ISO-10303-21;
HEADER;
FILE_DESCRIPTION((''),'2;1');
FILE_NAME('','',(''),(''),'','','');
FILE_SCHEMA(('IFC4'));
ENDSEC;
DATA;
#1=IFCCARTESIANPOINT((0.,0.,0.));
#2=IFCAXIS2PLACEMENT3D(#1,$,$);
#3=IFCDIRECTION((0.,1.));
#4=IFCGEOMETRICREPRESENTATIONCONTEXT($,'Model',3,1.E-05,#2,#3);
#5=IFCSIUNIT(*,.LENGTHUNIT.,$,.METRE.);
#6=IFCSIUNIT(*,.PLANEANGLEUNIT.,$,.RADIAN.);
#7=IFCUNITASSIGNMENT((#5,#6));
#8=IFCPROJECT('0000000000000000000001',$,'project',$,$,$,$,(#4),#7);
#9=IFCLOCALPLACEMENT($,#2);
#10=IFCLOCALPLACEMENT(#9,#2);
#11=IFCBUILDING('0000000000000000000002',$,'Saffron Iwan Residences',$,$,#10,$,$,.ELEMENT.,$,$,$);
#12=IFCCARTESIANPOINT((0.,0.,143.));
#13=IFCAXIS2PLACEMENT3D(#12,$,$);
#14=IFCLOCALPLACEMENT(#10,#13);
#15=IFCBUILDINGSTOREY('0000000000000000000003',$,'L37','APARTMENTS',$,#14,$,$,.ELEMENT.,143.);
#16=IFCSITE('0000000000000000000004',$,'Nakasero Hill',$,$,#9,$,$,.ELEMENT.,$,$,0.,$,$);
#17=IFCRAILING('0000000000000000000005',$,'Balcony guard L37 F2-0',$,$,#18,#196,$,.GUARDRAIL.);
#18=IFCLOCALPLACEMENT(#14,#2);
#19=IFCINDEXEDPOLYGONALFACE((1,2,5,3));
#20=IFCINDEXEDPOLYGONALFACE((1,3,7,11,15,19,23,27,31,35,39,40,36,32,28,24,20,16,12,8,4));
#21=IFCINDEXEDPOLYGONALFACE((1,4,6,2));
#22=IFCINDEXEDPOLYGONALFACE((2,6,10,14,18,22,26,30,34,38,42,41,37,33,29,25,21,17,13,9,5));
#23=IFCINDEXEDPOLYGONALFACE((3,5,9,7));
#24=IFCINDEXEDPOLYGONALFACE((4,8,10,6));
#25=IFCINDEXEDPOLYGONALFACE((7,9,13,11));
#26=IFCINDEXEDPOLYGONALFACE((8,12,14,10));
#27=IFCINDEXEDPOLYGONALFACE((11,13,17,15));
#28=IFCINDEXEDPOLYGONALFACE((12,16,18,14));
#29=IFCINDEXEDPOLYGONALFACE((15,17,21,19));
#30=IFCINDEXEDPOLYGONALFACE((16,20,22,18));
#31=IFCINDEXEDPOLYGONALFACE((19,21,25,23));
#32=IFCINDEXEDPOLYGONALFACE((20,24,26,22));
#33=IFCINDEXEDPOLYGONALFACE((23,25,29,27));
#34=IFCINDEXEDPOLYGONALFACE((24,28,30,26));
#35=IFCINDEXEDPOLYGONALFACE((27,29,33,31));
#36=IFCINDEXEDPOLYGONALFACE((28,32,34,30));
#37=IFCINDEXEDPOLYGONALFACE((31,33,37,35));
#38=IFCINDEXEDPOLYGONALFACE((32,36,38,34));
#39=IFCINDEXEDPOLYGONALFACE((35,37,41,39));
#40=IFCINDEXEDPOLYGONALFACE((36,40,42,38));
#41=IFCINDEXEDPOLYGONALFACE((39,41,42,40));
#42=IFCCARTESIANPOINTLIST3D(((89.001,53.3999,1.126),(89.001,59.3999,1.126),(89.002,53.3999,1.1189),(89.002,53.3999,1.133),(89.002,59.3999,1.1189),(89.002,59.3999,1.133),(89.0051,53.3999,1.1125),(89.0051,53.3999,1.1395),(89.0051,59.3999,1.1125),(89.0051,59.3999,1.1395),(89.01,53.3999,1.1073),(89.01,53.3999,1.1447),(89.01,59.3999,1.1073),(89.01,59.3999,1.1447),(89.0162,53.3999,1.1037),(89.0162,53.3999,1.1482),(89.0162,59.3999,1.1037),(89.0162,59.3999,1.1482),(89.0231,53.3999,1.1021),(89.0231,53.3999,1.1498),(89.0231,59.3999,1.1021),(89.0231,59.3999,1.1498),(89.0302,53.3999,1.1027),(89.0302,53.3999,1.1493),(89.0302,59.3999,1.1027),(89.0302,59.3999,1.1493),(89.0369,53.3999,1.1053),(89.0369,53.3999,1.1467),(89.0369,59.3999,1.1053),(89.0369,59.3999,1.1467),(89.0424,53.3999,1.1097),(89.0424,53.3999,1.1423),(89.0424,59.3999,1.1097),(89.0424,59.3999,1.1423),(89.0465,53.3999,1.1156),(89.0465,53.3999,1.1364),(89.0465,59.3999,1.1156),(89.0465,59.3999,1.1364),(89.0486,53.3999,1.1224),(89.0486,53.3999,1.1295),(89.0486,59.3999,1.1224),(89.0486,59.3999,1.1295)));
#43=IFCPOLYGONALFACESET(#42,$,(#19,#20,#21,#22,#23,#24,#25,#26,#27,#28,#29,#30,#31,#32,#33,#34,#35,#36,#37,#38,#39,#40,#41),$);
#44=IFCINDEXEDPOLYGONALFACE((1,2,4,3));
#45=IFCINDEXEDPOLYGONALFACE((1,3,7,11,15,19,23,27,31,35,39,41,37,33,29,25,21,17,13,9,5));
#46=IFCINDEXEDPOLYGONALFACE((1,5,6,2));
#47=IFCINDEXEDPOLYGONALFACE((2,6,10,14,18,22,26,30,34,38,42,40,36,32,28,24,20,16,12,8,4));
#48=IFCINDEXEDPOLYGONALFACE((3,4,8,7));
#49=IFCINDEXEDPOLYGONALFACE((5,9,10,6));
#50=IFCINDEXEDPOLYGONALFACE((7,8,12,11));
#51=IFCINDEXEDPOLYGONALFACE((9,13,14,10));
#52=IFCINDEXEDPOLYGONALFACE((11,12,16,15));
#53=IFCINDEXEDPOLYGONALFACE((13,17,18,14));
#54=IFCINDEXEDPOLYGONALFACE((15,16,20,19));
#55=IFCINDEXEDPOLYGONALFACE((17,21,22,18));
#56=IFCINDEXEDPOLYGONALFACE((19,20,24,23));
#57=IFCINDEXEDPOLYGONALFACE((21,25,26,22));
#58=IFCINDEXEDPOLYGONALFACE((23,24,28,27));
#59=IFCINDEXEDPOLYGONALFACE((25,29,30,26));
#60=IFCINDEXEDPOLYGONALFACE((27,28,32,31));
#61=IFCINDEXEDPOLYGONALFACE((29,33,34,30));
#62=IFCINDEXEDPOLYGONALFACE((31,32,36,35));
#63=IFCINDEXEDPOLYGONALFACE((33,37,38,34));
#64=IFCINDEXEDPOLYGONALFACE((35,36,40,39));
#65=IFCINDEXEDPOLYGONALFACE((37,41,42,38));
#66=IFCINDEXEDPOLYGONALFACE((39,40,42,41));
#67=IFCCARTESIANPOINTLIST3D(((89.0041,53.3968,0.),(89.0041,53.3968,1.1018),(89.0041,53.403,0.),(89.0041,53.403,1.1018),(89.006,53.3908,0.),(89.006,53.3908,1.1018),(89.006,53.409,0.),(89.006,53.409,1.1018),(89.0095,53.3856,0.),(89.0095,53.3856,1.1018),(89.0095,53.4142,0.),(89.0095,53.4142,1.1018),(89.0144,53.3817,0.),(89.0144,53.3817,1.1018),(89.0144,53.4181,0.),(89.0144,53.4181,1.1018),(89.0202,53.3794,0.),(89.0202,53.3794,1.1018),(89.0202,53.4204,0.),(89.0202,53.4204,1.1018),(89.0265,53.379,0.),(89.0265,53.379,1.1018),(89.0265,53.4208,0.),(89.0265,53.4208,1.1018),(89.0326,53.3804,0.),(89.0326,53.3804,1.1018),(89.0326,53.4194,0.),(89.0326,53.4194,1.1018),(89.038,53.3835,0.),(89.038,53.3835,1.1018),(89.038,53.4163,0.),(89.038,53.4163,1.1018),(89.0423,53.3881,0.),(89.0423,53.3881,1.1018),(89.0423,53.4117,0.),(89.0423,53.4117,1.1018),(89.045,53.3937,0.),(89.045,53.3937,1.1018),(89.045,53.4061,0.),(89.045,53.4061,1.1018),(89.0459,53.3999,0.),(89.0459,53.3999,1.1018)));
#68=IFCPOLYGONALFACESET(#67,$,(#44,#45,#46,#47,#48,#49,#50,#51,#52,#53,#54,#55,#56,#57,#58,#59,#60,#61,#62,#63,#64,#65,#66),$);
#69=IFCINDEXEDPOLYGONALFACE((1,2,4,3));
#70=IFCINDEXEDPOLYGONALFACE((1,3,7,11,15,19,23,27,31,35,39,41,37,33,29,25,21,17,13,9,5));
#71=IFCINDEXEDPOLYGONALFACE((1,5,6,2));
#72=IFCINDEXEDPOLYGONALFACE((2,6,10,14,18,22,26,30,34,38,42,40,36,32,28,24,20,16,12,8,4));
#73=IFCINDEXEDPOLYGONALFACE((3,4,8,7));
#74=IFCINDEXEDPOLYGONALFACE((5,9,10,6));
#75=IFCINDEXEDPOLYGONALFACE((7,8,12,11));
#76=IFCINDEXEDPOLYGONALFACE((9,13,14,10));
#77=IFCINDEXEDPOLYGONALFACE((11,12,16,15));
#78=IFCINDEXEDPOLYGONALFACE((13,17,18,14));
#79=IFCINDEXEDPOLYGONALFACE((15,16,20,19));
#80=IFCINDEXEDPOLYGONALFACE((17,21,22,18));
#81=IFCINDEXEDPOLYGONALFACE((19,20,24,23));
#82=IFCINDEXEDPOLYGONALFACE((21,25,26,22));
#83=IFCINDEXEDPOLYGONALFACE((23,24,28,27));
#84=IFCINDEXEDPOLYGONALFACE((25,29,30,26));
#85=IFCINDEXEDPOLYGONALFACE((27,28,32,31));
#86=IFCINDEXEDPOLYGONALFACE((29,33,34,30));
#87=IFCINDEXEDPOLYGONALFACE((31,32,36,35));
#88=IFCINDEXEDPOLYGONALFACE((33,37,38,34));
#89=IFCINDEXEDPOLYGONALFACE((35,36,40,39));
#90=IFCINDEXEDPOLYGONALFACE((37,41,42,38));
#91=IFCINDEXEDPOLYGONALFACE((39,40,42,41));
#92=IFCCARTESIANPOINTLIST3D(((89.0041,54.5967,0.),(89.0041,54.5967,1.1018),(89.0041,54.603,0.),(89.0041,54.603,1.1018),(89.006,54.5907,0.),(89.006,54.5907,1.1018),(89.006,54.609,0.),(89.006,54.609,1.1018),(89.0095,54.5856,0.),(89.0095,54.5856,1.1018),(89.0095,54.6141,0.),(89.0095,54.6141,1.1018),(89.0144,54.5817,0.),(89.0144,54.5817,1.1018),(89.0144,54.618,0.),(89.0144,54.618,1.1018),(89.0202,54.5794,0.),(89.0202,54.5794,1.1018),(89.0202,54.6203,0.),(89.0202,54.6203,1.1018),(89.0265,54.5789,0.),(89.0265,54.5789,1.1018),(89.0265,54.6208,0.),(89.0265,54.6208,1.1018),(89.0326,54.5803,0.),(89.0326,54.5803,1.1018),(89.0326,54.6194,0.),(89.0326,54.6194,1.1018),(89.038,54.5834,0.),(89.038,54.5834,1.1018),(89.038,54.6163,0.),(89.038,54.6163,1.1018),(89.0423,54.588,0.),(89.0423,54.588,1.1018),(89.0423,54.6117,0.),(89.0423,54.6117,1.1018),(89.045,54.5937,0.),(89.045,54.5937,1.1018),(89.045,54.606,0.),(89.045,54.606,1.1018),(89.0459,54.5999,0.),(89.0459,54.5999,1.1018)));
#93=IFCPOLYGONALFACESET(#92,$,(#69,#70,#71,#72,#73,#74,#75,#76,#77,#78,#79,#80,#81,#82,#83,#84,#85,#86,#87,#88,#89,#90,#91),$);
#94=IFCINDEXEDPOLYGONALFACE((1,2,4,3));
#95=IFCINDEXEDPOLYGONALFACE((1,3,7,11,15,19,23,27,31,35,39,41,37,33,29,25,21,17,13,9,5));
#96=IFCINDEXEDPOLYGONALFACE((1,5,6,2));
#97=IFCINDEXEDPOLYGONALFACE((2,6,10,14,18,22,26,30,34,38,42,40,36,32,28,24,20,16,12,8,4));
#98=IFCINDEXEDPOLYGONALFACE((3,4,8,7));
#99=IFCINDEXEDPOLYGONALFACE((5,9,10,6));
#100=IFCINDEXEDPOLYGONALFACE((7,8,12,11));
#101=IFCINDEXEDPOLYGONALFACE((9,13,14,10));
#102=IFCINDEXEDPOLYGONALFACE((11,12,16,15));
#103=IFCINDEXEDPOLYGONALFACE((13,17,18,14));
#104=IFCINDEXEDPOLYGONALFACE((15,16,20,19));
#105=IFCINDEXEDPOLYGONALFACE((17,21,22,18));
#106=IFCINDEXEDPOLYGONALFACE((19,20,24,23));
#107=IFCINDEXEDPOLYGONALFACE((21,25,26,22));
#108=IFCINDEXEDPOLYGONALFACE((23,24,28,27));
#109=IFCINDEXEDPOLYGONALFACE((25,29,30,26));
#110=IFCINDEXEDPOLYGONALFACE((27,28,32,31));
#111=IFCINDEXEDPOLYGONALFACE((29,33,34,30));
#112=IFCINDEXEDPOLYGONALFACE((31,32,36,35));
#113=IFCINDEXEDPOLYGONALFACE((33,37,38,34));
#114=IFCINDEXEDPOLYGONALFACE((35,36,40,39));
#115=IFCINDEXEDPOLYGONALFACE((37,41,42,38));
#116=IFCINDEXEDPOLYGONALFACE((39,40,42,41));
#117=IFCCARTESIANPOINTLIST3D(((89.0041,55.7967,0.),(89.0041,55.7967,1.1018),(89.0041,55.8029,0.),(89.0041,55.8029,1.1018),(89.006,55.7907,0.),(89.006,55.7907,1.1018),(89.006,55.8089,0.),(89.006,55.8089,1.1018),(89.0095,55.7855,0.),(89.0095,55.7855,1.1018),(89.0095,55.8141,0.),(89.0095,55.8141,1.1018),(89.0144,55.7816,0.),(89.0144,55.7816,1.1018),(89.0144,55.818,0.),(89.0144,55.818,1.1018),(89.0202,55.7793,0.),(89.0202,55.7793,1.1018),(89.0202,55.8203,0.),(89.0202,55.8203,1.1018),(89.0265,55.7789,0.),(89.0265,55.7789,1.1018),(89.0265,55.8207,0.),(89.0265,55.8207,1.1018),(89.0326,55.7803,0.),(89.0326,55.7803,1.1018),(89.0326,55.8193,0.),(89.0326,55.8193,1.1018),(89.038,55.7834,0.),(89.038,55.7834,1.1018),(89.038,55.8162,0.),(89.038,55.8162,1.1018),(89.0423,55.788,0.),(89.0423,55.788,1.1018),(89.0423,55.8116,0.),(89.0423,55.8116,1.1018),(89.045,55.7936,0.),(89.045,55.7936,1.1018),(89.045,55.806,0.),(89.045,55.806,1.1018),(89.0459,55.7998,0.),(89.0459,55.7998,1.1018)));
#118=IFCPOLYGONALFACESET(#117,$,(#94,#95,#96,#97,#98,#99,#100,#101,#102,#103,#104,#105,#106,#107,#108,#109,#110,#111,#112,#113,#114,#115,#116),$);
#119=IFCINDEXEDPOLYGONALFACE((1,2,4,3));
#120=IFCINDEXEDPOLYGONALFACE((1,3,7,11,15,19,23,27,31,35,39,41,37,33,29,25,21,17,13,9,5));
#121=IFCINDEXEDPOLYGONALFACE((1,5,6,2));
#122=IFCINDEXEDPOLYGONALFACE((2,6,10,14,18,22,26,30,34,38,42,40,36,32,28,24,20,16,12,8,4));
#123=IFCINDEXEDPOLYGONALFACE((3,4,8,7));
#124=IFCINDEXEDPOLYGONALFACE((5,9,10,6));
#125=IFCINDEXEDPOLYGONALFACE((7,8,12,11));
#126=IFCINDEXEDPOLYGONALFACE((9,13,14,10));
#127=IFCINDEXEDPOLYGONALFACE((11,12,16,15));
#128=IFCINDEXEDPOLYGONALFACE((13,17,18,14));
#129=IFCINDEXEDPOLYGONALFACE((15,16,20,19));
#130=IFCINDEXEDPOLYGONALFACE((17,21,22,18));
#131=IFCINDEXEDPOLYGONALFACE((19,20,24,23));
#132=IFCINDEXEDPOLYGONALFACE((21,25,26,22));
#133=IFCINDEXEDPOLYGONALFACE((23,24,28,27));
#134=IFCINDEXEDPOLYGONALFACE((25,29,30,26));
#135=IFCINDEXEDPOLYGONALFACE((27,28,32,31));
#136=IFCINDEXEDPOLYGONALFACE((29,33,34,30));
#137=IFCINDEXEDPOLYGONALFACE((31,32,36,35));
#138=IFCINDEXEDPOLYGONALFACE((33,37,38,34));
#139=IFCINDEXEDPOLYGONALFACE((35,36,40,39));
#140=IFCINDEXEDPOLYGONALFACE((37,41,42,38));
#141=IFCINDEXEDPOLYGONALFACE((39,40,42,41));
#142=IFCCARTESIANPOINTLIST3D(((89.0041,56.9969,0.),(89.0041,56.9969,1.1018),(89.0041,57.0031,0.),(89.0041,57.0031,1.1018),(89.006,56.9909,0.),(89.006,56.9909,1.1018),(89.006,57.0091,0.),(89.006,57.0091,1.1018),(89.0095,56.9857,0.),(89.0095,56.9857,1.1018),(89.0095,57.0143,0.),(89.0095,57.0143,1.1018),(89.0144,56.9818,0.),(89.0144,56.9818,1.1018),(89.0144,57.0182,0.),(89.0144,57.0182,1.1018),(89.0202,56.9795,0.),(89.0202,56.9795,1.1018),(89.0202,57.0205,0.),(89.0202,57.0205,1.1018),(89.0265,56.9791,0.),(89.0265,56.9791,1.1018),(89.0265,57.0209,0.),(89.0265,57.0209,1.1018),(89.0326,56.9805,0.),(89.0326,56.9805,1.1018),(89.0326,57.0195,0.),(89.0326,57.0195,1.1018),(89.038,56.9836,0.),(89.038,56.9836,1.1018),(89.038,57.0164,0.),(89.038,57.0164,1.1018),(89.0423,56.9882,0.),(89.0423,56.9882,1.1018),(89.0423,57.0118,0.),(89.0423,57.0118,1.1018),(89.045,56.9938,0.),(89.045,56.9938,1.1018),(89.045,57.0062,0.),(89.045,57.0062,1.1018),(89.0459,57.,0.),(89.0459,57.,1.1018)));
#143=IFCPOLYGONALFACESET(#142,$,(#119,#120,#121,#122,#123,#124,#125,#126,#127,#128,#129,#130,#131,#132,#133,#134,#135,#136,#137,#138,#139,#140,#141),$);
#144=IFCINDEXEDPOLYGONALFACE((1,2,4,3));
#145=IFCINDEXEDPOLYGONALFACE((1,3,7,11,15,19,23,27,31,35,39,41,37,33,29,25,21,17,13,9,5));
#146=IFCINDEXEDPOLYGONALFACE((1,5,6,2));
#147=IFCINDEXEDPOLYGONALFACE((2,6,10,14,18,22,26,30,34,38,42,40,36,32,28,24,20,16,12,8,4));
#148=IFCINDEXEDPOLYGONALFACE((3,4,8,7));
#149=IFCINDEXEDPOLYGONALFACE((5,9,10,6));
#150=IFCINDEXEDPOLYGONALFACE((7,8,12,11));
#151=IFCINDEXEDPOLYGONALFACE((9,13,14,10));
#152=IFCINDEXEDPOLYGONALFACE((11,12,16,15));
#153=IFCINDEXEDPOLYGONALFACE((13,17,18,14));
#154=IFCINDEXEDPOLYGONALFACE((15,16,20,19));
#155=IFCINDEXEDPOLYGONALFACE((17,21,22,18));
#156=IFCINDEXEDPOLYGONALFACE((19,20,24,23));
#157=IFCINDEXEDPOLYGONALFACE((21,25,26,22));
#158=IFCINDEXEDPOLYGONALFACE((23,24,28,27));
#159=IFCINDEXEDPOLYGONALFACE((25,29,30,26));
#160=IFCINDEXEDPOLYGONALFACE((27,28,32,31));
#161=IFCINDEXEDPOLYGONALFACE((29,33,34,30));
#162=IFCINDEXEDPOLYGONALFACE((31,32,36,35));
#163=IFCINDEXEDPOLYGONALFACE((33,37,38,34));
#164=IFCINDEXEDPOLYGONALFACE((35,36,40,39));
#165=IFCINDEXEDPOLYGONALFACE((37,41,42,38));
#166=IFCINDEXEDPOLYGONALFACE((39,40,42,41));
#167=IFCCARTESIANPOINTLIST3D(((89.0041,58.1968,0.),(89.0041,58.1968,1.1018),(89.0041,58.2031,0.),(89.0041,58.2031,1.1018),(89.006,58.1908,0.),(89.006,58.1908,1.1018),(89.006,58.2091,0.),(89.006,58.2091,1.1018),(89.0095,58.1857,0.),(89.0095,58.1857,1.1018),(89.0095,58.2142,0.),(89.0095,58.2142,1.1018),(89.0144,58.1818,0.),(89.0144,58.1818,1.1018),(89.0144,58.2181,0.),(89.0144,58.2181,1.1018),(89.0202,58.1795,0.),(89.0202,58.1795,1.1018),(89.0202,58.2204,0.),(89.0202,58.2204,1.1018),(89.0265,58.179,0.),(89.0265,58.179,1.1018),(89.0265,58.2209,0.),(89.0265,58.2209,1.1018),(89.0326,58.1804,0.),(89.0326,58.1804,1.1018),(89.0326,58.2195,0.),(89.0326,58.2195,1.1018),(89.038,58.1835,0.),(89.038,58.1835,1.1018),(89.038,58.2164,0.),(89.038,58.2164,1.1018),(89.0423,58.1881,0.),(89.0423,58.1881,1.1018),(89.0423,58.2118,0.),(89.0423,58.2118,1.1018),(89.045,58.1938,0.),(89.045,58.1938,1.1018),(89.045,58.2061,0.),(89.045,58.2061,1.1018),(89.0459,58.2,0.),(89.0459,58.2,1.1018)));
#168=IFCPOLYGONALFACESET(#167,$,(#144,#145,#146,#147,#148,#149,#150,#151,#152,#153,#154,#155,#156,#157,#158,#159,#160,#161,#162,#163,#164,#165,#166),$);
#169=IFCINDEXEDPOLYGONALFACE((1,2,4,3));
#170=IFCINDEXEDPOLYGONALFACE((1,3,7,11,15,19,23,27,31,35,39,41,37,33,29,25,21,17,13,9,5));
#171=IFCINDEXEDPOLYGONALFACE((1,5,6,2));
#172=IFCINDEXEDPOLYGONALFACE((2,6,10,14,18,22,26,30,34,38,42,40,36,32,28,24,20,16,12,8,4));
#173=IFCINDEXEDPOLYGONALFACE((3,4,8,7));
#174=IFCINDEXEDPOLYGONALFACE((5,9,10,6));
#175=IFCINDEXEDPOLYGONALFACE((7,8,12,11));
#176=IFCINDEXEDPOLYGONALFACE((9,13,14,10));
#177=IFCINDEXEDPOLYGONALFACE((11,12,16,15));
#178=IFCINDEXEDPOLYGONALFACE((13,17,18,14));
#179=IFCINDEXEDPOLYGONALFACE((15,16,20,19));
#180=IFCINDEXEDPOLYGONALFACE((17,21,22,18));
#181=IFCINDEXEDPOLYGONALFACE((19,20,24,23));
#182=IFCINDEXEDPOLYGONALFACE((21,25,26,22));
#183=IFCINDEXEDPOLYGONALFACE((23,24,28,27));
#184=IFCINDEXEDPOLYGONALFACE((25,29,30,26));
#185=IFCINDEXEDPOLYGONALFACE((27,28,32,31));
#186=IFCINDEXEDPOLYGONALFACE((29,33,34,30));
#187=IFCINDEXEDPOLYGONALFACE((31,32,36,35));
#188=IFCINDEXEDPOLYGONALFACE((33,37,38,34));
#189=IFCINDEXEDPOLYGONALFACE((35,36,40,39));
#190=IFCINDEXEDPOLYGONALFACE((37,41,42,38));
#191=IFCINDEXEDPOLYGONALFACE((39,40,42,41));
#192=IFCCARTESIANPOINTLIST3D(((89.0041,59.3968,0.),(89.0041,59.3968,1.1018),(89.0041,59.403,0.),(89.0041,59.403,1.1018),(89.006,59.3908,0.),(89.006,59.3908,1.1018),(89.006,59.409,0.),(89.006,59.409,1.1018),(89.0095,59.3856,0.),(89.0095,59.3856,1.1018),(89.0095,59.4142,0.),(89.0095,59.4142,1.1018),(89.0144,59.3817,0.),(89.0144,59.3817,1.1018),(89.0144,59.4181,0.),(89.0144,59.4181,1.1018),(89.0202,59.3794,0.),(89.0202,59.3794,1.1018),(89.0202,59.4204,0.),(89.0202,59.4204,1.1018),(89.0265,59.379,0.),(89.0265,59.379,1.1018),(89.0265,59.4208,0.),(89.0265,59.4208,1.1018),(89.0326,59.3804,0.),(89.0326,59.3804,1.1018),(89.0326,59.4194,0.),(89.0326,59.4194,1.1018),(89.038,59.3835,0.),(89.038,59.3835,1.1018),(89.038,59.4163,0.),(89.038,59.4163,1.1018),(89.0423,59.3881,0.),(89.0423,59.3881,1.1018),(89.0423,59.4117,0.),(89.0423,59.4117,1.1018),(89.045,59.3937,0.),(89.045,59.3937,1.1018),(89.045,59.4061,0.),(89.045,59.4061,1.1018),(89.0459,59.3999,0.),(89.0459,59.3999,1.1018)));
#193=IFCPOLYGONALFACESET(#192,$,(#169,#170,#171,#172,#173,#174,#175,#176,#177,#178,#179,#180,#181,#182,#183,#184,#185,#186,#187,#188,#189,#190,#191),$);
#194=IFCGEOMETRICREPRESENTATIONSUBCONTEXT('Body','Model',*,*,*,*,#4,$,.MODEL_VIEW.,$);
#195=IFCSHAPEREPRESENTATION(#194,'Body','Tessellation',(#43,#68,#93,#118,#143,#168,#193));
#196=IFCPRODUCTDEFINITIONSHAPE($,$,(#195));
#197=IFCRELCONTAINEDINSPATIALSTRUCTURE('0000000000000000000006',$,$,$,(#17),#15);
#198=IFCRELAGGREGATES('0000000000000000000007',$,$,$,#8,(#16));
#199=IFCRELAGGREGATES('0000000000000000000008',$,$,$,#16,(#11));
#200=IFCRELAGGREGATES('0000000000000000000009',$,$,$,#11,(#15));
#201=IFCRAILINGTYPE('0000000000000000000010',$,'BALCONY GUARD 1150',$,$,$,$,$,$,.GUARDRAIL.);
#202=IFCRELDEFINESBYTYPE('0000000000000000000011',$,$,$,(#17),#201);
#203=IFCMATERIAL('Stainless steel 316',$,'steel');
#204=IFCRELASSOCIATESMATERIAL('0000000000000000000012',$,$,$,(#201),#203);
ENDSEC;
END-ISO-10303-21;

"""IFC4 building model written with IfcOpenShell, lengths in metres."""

from ifc_helpers import new_model, si_unit, direction, frame, origin, origin_2d, place, context, subcontext, project, spatial, circle, extrude, material, type_object, element, save


model = new_model("IFC4")

# Units and contexts
model_context = context("Model", 3, precision=1e-05, world=origin(), true_north=direction((0.0, 1.0)))
body_context = subcontext(model_context, "Body", "Model", "MODEL_VIEW")
ifc_project = project(units=[si_unit("LENGTHUNIT", "METRE"), si_unit("PLANEANGLEUNIT", "RADIAN")], contexts=[model_context])

# Site, building, storey
site_placement = place(None, origin())
site = spatial("IfcSite", under=ifc_project, at=site_placement, Name="Nakasero Hill", CompositionType="ELEMENT", RefElevation=0.0)
building_placement = place(site_placement, origin())
building = spatial("IfcBuilding", under=site, at=building_placement, Name="Saffron Iwan Residences", CompositionType="ELEMENT")
storey_placement = place(building_placement, frame((0.0, 0.0, 143.0)))
storey = spatial("IfcBuildingStorey", under=building, at=storey_placement, Name="L37", Description="APARTMENTS", CompositionType="ELEMENT", Elevation=143.0)

# Railing
ifc_material_1 = material(Name="Stainless steel 316", Category="steel")
railing_type = type_object("IfcRailingType", Name="BALCONY GUARD 1150", PredefinedType="GUARDRAIL", material=ifc_material_1)
railing_placement = place(storey_placement, frame((89.0249, 53.3999, 0.0)))
element("IfcRailing", 1, at=railing_placement, inside=storey, type_object=railing_type, Name="Balcony guard L37 F2-0", PredefinedType="GUARDRAIL", context=body_context, shape_type="SweptSolid", body=[
    extrude(circle(Radius=0.0239, at=origin_2d()), frame((0.0, 0.0, 1.126), z_axis=(0.0, 1.0, 0.0), x_axis=(-1.0, 0.0, 0.0)), (0.0, 0.0, 1.0), 6.0),
    extrude(circle(Radius=0.021, at=origin_2d()), origin(), (0.0, 0.0, 1.0), 1.1018),
    extrude(circle(Radius=0.021, at=origin_2d()), frame((0.0, 1.2, 0.0)), (0.0, 0.0, 1.0), 1.1018),
    extrude(circle(Radius=0.021, at=origin_2d()), frame((0.0, 2.3999, 0.0)), (0.0, 0.0, 1.0), 1.1018),
    extrude(circle(Radius=0.021, at=origin_2d()), frame((0.0, 3.6001, 0.0)), (0.0, 0.0, 1.0), 1.1018),
    extrude(circle(Radius=0.021, at=origin_2d()), frame((0.0, 4.8, 0.0)), (0.0, 0.0, 1.0), 1.1018),
    extrude(circle(Radius=0.021, at=origin_2d()), frame((0.0, 6.0, 0.0)), (0.0, 0.0, 1.0), 1.1018),
])

save(model, "model.ifc")
